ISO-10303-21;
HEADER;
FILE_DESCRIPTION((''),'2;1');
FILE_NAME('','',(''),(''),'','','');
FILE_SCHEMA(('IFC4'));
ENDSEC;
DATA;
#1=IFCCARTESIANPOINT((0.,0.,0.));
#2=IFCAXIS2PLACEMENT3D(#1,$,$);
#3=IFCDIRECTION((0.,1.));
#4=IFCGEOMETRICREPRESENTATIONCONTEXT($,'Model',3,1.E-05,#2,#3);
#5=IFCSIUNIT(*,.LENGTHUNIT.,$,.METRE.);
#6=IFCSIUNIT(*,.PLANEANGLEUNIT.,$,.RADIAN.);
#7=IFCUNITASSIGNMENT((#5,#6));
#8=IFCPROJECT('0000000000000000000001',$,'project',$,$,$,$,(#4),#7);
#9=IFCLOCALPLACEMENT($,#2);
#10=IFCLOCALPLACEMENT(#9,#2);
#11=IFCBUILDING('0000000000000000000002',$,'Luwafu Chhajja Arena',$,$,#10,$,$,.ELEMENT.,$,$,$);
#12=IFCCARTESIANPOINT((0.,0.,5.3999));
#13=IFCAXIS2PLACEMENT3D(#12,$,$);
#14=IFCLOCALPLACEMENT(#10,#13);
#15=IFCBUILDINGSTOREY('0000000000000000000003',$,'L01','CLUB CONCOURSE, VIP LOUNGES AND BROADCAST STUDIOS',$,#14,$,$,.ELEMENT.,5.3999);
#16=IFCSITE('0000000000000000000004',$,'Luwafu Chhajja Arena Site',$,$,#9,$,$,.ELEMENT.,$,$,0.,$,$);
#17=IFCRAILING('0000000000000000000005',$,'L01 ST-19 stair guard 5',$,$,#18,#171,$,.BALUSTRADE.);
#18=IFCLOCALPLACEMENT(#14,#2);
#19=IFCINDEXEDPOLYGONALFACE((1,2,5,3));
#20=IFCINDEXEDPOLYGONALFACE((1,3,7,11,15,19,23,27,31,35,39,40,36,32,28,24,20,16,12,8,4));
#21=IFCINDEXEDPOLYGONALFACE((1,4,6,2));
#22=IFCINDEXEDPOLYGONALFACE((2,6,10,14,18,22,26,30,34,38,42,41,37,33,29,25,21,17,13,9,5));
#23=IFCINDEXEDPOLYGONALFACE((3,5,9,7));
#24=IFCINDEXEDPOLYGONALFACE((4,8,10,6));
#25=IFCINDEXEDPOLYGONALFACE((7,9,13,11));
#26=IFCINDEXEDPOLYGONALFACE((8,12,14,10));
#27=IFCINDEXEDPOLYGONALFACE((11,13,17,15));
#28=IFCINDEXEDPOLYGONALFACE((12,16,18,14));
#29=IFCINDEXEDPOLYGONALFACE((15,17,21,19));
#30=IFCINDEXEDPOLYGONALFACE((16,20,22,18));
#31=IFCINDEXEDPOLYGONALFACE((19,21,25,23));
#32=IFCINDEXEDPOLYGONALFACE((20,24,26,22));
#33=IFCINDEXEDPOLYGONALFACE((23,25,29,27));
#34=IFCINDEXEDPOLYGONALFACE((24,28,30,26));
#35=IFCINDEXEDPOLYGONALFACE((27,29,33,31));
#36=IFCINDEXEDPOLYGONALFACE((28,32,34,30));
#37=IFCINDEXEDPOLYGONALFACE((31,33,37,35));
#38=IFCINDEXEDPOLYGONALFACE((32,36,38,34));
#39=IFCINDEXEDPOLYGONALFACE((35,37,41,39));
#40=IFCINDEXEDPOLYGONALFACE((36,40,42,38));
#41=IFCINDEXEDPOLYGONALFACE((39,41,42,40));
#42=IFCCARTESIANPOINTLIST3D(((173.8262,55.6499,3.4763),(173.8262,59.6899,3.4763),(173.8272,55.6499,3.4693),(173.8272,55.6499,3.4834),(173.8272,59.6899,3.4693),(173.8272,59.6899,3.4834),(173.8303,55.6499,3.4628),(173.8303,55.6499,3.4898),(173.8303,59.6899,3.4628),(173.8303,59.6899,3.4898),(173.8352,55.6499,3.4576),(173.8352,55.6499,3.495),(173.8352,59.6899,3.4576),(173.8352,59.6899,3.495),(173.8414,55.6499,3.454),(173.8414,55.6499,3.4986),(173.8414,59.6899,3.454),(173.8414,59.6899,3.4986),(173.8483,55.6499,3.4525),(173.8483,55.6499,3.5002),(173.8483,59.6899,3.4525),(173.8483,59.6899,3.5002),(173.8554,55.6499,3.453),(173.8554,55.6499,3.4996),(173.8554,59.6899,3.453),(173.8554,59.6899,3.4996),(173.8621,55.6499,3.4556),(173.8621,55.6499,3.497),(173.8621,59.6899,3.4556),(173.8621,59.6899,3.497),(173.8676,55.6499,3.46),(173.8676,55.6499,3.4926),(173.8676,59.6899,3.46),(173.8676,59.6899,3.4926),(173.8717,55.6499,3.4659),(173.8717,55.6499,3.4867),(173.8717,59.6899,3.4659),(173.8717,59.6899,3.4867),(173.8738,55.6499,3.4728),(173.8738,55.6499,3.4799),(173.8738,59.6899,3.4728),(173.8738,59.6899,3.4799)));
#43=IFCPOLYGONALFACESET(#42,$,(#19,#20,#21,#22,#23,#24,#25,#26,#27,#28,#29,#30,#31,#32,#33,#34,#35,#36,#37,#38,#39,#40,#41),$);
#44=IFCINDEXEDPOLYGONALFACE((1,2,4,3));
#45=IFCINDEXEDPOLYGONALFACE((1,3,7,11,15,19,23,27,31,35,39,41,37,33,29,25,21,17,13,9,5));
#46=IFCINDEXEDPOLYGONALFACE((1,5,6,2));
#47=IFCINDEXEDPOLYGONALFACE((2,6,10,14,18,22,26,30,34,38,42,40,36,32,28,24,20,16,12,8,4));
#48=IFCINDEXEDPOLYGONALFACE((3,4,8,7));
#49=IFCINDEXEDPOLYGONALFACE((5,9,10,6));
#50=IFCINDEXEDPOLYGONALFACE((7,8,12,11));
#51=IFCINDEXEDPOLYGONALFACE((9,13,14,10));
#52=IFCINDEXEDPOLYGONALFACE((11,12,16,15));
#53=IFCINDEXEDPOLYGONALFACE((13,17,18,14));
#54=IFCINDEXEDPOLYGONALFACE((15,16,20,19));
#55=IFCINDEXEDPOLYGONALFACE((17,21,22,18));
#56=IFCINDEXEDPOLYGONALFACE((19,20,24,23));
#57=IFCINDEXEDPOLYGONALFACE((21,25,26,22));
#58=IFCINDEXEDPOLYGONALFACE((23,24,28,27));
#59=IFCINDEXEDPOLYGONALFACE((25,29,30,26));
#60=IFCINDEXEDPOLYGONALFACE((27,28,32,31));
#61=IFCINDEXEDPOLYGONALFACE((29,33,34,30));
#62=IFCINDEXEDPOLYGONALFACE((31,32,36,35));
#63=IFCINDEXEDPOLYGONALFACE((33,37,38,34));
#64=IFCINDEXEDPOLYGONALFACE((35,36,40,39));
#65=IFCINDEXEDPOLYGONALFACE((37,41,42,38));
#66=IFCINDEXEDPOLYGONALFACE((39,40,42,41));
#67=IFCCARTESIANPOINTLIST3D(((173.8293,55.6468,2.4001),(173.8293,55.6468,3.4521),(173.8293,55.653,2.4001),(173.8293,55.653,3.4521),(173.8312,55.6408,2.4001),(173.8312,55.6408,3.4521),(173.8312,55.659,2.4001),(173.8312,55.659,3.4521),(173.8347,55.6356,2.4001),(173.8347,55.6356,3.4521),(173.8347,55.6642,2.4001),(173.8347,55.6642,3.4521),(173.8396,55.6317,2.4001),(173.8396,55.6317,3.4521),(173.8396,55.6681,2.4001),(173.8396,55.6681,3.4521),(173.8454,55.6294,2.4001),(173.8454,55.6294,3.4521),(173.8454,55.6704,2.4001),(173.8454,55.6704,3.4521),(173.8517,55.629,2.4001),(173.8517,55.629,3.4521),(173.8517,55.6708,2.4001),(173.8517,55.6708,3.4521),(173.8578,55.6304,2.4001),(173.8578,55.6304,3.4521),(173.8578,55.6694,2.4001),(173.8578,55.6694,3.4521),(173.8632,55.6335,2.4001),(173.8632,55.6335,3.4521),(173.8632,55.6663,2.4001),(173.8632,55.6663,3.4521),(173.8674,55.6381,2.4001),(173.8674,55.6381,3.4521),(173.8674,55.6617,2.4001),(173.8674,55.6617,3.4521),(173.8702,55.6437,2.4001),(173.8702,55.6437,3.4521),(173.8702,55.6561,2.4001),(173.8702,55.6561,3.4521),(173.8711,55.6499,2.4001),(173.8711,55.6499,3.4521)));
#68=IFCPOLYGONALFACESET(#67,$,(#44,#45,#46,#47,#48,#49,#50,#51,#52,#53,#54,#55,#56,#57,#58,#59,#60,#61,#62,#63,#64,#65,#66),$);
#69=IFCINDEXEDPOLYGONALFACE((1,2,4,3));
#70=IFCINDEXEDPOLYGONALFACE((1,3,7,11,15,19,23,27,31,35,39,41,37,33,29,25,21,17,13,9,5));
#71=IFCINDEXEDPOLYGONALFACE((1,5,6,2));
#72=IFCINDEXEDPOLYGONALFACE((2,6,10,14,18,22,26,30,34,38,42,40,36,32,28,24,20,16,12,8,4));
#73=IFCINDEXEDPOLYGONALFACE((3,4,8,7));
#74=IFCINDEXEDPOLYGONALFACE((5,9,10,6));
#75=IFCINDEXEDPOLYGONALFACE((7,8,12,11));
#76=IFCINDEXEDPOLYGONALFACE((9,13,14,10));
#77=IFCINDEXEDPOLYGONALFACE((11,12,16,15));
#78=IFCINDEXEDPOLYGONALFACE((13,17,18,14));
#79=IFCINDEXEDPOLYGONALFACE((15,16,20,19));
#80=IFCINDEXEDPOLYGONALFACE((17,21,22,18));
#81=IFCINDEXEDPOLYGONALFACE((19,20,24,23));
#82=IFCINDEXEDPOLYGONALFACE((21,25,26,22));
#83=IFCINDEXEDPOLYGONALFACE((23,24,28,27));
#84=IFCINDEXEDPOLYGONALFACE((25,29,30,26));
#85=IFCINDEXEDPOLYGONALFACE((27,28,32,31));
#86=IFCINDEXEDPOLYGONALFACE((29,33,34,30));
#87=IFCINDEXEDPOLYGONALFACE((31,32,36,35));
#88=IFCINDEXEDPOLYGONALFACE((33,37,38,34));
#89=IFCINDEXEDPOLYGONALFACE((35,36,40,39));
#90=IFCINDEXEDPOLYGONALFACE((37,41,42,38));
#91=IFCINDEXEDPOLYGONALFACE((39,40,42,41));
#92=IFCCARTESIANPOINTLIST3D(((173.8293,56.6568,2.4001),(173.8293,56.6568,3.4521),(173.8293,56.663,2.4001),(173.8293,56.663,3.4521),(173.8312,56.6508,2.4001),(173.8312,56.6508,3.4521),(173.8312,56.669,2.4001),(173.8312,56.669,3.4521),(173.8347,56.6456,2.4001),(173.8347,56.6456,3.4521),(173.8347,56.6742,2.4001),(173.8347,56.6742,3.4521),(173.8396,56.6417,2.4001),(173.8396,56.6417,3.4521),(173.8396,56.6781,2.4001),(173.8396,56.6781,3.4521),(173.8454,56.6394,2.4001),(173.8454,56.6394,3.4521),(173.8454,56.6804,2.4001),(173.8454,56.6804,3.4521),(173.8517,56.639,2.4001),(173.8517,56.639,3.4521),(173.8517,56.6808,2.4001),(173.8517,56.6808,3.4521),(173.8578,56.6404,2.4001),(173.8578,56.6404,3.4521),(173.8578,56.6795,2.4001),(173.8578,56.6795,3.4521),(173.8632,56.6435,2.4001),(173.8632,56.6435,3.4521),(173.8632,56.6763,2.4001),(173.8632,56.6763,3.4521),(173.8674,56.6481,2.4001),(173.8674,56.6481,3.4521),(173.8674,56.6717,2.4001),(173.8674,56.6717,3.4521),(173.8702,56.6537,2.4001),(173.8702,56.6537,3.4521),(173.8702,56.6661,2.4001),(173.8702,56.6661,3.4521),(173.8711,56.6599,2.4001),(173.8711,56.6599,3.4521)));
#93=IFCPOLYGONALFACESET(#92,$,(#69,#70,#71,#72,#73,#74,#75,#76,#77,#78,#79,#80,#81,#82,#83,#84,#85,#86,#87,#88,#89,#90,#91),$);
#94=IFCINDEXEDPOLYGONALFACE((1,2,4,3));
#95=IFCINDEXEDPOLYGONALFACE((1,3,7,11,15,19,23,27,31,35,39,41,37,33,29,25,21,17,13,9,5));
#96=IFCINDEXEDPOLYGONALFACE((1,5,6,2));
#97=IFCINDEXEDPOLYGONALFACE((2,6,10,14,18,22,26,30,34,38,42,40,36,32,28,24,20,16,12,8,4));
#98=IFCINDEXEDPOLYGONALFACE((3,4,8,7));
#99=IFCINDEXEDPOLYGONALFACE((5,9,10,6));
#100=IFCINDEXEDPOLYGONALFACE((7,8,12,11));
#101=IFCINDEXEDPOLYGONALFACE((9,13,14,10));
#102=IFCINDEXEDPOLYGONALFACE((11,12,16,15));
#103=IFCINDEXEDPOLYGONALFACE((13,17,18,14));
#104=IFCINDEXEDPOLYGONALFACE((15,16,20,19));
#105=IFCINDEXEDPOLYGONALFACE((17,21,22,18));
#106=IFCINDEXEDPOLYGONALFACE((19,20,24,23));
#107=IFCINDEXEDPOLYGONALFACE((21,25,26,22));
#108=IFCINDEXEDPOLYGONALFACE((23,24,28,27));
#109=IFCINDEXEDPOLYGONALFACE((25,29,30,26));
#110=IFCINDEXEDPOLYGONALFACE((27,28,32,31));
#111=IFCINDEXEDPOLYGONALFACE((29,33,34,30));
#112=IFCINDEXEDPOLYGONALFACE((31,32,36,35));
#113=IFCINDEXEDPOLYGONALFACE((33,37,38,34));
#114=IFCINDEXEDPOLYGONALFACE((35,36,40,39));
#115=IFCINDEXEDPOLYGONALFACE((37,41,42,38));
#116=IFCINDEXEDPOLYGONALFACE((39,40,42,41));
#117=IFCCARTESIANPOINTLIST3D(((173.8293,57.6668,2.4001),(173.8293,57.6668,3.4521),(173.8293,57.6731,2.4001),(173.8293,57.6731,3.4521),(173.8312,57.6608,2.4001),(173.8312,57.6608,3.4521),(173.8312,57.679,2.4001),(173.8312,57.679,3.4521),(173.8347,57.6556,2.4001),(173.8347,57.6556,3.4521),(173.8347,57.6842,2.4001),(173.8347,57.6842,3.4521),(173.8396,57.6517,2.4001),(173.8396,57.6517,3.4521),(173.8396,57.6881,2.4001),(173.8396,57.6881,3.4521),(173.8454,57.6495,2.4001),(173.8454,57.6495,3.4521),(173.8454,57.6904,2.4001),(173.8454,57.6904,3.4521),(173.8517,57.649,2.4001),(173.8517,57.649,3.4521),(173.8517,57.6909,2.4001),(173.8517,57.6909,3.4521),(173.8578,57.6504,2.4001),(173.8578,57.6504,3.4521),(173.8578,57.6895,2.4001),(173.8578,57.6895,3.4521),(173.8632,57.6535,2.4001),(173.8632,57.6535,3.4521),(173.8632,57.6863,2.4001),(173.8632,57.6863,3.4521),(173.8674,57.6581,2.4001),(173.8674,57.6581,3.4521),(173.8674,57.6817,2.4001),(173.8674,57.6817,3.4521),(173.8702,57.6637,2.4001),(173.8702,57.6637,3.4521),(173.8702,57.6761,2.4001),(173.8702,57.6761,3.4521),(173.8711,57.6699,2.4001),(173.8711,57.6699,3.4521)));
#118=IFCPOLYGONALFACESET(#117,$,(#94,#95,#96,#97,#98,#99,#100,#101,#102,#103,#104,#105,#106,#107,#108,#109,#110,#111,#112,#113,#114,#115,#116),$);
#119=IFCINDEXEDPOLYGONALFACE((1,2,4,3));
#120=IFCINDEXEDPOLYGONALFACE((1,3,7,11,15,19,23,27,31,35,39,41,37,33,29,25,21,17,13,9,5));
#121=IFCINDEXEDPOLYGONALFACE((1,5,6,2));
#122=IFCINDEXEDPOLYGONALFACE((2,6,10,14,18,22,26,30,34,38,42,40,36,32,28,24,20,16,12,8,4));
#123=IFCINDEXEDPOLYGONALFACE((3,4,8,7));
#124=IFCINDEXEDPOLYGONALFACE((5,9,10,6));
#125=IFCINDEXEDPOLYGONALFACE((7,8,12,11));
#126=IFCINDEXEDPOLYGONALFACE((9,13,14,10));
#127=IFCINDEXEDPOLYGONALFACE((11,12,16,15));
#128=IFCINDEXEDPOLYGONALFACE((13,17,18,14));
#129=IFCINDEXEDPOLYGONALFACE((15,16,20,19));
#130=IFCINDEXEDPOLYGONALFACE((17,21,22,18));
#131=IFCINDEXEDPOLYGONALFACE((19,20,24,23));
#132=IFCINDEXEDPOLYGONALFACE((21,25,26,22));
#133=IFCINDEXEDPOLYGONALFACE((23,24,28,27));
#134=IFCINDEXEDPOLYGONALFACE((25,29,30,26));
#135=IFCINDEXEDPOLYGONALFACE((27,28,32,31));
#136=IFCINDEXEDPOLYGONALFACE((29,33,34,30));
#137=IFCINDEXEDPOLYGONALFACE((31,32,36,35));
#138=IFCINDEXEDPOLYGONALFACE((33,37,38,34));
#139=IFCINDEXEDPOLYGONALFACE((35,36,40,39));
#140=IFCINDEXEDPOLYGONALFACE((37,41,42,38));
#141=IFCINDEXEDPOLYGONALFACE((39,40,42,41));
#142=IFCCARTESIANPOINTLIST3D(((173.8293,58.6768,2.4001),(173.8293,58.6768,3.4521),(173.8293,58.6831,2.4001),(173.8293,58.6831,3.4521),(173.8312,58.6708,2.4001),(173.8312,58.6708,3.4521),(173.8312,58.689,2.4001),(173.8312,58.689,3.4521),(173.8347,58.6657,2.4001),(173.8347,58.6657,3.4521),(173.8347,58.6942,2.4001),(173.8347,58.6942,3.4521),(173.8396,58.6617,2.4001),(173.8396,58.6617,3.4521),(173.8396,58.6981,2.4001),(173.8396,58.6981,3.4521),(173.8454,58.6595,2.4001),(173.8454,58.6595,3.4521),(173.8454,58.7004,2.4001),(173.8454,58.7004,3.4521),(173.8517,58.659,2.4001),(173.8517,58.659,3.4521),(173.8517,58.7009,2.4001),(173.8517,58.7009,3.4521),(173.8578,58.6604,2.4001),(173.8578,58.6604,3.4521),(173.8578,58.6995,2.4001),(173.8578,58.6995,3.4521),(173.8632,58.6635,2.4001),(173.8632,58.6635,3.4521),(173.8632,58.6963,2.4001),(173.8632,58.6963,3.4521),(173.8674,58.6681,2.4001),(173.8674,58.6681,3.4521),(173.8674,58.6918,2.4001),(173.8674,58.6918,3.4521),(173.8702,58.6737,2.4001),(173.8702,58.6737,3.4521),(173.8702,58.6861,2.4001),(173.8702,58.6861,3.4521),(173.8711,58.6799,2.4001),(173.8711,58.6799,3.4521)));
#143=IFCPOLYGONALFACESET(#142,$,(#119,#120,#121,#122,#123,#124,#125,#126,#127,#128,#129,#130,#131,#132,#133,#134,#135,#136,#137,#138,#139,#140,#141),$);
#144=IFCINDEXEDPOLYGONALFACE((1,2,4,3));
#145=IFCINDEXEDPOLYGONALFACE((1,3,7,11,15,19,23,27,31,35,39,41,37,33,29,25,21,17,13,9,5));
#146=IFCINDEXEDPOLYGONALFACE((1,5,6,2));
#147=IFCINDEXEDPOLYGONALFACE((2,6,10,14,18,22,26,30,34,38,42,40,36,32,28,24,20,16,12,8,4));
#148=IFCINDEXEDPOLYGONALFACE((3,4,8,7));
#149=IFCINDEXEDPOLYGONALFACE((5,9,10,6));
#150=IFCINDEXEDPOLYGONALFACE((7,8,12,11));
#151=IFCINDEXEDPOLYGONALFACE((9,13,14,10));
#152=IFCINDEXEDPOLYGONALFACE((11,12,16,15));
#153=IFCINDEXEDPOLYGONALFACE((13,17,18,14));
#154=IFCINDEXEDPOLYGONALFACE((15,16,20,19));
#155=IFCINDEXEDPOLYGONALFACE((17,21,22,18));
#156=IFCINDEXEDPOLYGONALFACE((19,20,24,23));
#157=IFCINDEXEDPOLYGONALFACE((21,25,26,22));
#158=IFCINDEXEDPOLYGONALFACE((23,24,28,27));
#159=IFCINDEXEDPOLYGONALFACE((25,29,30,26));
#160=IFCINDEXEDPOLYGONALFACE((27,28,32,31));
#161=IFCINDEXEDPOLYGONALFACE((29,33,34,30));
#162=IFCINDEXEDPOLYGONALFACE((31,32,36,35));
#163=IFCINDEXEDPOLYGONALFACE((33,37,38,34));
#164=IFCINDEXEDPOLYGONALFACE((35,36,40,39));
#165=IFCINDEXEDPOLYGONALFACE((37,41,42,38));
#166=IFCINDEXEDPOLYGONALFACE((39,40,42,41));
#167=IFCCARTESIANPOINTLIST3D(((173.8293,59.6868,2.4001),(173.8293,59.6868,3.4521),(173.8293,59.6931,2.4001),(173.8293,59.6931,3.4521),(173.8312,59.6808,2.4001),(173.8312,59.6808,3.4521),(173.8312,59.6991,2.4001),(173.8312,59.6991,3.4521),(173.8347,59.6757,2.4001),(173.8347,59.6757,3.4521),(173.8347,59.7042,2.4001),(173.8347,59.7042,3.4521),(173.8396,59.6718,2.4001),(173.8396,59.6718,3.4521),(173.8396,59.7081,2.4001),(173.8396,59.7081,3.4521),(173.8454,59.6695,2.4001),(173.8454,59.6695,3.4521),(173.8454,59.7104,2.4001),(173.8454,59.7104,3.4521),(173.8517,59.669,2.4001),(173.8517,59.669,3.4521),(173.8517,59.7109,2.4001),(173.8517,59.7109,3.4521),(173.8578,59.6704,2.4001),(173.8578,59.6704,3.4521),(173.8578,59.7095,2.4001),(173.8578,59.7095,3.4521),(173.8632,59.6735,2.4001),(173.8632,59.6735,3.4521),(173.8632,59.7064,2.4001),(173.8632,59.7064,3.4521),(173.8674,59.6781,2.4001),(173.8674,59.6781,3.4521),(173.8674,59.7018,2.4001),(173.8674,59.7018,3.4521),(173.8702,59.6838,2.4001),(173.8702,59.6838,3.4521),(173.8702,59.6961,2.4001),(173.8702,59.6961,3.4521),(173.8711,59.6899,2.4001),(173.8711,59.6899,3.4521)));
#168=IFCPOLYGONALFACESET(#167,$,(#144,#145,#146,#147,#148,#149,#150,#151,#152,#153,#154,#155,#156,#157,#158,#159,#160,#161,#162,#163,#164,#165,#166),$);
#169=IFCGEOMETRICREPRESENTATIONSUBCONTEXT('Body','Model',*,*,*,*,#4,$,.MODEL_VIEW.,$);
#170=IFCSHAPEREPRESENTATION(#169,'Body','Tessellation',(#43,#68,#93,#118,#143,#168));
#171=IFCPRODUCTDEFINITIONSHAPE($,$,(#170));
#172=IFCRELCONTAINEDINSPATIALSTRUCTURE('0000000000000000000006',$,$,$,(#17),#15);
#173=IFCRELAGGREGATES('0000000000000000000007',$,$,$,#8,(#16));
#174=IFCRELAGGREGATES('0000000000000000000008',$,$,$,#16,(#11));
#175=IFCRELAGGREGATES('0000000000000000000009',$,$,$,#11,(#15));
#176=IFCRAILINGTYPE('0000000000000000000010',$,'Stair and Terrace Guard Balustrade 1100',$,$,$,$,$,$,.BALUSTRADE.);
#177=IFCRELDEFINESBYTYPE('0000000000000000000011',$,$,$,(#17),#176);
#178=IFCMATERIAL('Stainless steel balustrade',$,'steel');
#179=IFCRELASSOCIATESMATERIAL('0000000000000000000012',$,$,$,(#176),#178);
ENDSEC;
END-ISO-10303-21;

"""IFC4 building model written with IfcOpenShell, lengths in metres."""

from ifc_helpers import new_model, si_unit, direction, frame, origin, origin_2d, place, context, subcontext, project, spatial, circle, extrude, material, type_object, element, save


model = new_model("IFC4")

# Units and contexts
model_context = context("Model", 3, precision=1e-05, world=origin(), true_north=direction((0.0, 1.0)))
body_context = subcontext(model_context, "Body", "Model", "MODEL_VIEW")
ifc_project = project(units=[si_unit("LENGTHUNIT", "METRE"), si_unit("PLANEANGLEUNIT", "RADIAN")], contexts=[model_context])

# Site, building, storey
site_placement = place(None, origin())
site = spatial("IfcSite", under=ifc_project, at=site_placement, Name="Luwafu Chhajja Arena Site", CompositionType="ELEMENT", RefElevation=0.0)
building_placement = place(site_placement, origin())
building = spatial("IfcBuilding", under=site, at=building_placement, Name="Luwafu Chhajja Arena", CompositionType="ELEMENT")
storey_placement = place(building_placement, frame((0.0, 0.0, 5.3999)))
storey = spatial("IfcBuildingStorey", under=building, at=storey_placement, Name="L01", Description="CLUB CONCOURSE, VIP LOUNGES AND BROADCAST STUDIOS", CompositionType="ELEMENT", Elevation=5.3999)

# Railing
ifc_material_1 = material(Name="Stainless steel balustrade", Category="steel")
railing_type_1 = type_object("IfcRailingType", Name="Stair and Terrace Guard Balustrade 1100", PredefinedType="BALUSTRADE", material=ifc_material_1)
railing_1_placement = place(storey_placement, frame((173.8501, 55.6499, 2.4001)))
element("IfcRailing", 1, at=railing_1_placement, inside=storey, type_object=railing_type_1, Name="L01 ST-19 stair guard 5", PredefinedType="BALUSTRADE", context=body_context, shape_type="SweptSolid", body=[
    extrude(circle(Radius=0.0239, at=origin_2d()), frame((0.0, 0.0, 1.0762), z_axis=(0.0, 1.0, 0.0), x_axis=(-1.0, 0.0, 0.0)), (0.0, 0.0, 1.0), 4.04),
    extrude(circle(Radius=0.021, at=origin_2d()), origin(), (0.0, 0.0, 1.0), 1.052),
    extrude(circle(Radius=0.021, at=origin_2d()), frame((0.0, 1.01, 0.0)), (0.0, 0.0, 1.0), 1.052),
    extrude(circle(Radius=0.021, at=origin_2d()), frame((0.0, 2.02, 0.0)), (0.0, 0.0, 1.0), 1.052),
    extrude(circle(Radius=0.021, at=origin_2d()), frame((0.0, 3.03, 0.0)), (0.0, 0.0, 1.0), 1.052),
    extrude(circle(Radius=0.021, at=origin_2d()), frame((0.0, 4.04, 0.0)), (0.0, 0.0, 1.0), 1.052),
])

save(model, "model.ifc")
